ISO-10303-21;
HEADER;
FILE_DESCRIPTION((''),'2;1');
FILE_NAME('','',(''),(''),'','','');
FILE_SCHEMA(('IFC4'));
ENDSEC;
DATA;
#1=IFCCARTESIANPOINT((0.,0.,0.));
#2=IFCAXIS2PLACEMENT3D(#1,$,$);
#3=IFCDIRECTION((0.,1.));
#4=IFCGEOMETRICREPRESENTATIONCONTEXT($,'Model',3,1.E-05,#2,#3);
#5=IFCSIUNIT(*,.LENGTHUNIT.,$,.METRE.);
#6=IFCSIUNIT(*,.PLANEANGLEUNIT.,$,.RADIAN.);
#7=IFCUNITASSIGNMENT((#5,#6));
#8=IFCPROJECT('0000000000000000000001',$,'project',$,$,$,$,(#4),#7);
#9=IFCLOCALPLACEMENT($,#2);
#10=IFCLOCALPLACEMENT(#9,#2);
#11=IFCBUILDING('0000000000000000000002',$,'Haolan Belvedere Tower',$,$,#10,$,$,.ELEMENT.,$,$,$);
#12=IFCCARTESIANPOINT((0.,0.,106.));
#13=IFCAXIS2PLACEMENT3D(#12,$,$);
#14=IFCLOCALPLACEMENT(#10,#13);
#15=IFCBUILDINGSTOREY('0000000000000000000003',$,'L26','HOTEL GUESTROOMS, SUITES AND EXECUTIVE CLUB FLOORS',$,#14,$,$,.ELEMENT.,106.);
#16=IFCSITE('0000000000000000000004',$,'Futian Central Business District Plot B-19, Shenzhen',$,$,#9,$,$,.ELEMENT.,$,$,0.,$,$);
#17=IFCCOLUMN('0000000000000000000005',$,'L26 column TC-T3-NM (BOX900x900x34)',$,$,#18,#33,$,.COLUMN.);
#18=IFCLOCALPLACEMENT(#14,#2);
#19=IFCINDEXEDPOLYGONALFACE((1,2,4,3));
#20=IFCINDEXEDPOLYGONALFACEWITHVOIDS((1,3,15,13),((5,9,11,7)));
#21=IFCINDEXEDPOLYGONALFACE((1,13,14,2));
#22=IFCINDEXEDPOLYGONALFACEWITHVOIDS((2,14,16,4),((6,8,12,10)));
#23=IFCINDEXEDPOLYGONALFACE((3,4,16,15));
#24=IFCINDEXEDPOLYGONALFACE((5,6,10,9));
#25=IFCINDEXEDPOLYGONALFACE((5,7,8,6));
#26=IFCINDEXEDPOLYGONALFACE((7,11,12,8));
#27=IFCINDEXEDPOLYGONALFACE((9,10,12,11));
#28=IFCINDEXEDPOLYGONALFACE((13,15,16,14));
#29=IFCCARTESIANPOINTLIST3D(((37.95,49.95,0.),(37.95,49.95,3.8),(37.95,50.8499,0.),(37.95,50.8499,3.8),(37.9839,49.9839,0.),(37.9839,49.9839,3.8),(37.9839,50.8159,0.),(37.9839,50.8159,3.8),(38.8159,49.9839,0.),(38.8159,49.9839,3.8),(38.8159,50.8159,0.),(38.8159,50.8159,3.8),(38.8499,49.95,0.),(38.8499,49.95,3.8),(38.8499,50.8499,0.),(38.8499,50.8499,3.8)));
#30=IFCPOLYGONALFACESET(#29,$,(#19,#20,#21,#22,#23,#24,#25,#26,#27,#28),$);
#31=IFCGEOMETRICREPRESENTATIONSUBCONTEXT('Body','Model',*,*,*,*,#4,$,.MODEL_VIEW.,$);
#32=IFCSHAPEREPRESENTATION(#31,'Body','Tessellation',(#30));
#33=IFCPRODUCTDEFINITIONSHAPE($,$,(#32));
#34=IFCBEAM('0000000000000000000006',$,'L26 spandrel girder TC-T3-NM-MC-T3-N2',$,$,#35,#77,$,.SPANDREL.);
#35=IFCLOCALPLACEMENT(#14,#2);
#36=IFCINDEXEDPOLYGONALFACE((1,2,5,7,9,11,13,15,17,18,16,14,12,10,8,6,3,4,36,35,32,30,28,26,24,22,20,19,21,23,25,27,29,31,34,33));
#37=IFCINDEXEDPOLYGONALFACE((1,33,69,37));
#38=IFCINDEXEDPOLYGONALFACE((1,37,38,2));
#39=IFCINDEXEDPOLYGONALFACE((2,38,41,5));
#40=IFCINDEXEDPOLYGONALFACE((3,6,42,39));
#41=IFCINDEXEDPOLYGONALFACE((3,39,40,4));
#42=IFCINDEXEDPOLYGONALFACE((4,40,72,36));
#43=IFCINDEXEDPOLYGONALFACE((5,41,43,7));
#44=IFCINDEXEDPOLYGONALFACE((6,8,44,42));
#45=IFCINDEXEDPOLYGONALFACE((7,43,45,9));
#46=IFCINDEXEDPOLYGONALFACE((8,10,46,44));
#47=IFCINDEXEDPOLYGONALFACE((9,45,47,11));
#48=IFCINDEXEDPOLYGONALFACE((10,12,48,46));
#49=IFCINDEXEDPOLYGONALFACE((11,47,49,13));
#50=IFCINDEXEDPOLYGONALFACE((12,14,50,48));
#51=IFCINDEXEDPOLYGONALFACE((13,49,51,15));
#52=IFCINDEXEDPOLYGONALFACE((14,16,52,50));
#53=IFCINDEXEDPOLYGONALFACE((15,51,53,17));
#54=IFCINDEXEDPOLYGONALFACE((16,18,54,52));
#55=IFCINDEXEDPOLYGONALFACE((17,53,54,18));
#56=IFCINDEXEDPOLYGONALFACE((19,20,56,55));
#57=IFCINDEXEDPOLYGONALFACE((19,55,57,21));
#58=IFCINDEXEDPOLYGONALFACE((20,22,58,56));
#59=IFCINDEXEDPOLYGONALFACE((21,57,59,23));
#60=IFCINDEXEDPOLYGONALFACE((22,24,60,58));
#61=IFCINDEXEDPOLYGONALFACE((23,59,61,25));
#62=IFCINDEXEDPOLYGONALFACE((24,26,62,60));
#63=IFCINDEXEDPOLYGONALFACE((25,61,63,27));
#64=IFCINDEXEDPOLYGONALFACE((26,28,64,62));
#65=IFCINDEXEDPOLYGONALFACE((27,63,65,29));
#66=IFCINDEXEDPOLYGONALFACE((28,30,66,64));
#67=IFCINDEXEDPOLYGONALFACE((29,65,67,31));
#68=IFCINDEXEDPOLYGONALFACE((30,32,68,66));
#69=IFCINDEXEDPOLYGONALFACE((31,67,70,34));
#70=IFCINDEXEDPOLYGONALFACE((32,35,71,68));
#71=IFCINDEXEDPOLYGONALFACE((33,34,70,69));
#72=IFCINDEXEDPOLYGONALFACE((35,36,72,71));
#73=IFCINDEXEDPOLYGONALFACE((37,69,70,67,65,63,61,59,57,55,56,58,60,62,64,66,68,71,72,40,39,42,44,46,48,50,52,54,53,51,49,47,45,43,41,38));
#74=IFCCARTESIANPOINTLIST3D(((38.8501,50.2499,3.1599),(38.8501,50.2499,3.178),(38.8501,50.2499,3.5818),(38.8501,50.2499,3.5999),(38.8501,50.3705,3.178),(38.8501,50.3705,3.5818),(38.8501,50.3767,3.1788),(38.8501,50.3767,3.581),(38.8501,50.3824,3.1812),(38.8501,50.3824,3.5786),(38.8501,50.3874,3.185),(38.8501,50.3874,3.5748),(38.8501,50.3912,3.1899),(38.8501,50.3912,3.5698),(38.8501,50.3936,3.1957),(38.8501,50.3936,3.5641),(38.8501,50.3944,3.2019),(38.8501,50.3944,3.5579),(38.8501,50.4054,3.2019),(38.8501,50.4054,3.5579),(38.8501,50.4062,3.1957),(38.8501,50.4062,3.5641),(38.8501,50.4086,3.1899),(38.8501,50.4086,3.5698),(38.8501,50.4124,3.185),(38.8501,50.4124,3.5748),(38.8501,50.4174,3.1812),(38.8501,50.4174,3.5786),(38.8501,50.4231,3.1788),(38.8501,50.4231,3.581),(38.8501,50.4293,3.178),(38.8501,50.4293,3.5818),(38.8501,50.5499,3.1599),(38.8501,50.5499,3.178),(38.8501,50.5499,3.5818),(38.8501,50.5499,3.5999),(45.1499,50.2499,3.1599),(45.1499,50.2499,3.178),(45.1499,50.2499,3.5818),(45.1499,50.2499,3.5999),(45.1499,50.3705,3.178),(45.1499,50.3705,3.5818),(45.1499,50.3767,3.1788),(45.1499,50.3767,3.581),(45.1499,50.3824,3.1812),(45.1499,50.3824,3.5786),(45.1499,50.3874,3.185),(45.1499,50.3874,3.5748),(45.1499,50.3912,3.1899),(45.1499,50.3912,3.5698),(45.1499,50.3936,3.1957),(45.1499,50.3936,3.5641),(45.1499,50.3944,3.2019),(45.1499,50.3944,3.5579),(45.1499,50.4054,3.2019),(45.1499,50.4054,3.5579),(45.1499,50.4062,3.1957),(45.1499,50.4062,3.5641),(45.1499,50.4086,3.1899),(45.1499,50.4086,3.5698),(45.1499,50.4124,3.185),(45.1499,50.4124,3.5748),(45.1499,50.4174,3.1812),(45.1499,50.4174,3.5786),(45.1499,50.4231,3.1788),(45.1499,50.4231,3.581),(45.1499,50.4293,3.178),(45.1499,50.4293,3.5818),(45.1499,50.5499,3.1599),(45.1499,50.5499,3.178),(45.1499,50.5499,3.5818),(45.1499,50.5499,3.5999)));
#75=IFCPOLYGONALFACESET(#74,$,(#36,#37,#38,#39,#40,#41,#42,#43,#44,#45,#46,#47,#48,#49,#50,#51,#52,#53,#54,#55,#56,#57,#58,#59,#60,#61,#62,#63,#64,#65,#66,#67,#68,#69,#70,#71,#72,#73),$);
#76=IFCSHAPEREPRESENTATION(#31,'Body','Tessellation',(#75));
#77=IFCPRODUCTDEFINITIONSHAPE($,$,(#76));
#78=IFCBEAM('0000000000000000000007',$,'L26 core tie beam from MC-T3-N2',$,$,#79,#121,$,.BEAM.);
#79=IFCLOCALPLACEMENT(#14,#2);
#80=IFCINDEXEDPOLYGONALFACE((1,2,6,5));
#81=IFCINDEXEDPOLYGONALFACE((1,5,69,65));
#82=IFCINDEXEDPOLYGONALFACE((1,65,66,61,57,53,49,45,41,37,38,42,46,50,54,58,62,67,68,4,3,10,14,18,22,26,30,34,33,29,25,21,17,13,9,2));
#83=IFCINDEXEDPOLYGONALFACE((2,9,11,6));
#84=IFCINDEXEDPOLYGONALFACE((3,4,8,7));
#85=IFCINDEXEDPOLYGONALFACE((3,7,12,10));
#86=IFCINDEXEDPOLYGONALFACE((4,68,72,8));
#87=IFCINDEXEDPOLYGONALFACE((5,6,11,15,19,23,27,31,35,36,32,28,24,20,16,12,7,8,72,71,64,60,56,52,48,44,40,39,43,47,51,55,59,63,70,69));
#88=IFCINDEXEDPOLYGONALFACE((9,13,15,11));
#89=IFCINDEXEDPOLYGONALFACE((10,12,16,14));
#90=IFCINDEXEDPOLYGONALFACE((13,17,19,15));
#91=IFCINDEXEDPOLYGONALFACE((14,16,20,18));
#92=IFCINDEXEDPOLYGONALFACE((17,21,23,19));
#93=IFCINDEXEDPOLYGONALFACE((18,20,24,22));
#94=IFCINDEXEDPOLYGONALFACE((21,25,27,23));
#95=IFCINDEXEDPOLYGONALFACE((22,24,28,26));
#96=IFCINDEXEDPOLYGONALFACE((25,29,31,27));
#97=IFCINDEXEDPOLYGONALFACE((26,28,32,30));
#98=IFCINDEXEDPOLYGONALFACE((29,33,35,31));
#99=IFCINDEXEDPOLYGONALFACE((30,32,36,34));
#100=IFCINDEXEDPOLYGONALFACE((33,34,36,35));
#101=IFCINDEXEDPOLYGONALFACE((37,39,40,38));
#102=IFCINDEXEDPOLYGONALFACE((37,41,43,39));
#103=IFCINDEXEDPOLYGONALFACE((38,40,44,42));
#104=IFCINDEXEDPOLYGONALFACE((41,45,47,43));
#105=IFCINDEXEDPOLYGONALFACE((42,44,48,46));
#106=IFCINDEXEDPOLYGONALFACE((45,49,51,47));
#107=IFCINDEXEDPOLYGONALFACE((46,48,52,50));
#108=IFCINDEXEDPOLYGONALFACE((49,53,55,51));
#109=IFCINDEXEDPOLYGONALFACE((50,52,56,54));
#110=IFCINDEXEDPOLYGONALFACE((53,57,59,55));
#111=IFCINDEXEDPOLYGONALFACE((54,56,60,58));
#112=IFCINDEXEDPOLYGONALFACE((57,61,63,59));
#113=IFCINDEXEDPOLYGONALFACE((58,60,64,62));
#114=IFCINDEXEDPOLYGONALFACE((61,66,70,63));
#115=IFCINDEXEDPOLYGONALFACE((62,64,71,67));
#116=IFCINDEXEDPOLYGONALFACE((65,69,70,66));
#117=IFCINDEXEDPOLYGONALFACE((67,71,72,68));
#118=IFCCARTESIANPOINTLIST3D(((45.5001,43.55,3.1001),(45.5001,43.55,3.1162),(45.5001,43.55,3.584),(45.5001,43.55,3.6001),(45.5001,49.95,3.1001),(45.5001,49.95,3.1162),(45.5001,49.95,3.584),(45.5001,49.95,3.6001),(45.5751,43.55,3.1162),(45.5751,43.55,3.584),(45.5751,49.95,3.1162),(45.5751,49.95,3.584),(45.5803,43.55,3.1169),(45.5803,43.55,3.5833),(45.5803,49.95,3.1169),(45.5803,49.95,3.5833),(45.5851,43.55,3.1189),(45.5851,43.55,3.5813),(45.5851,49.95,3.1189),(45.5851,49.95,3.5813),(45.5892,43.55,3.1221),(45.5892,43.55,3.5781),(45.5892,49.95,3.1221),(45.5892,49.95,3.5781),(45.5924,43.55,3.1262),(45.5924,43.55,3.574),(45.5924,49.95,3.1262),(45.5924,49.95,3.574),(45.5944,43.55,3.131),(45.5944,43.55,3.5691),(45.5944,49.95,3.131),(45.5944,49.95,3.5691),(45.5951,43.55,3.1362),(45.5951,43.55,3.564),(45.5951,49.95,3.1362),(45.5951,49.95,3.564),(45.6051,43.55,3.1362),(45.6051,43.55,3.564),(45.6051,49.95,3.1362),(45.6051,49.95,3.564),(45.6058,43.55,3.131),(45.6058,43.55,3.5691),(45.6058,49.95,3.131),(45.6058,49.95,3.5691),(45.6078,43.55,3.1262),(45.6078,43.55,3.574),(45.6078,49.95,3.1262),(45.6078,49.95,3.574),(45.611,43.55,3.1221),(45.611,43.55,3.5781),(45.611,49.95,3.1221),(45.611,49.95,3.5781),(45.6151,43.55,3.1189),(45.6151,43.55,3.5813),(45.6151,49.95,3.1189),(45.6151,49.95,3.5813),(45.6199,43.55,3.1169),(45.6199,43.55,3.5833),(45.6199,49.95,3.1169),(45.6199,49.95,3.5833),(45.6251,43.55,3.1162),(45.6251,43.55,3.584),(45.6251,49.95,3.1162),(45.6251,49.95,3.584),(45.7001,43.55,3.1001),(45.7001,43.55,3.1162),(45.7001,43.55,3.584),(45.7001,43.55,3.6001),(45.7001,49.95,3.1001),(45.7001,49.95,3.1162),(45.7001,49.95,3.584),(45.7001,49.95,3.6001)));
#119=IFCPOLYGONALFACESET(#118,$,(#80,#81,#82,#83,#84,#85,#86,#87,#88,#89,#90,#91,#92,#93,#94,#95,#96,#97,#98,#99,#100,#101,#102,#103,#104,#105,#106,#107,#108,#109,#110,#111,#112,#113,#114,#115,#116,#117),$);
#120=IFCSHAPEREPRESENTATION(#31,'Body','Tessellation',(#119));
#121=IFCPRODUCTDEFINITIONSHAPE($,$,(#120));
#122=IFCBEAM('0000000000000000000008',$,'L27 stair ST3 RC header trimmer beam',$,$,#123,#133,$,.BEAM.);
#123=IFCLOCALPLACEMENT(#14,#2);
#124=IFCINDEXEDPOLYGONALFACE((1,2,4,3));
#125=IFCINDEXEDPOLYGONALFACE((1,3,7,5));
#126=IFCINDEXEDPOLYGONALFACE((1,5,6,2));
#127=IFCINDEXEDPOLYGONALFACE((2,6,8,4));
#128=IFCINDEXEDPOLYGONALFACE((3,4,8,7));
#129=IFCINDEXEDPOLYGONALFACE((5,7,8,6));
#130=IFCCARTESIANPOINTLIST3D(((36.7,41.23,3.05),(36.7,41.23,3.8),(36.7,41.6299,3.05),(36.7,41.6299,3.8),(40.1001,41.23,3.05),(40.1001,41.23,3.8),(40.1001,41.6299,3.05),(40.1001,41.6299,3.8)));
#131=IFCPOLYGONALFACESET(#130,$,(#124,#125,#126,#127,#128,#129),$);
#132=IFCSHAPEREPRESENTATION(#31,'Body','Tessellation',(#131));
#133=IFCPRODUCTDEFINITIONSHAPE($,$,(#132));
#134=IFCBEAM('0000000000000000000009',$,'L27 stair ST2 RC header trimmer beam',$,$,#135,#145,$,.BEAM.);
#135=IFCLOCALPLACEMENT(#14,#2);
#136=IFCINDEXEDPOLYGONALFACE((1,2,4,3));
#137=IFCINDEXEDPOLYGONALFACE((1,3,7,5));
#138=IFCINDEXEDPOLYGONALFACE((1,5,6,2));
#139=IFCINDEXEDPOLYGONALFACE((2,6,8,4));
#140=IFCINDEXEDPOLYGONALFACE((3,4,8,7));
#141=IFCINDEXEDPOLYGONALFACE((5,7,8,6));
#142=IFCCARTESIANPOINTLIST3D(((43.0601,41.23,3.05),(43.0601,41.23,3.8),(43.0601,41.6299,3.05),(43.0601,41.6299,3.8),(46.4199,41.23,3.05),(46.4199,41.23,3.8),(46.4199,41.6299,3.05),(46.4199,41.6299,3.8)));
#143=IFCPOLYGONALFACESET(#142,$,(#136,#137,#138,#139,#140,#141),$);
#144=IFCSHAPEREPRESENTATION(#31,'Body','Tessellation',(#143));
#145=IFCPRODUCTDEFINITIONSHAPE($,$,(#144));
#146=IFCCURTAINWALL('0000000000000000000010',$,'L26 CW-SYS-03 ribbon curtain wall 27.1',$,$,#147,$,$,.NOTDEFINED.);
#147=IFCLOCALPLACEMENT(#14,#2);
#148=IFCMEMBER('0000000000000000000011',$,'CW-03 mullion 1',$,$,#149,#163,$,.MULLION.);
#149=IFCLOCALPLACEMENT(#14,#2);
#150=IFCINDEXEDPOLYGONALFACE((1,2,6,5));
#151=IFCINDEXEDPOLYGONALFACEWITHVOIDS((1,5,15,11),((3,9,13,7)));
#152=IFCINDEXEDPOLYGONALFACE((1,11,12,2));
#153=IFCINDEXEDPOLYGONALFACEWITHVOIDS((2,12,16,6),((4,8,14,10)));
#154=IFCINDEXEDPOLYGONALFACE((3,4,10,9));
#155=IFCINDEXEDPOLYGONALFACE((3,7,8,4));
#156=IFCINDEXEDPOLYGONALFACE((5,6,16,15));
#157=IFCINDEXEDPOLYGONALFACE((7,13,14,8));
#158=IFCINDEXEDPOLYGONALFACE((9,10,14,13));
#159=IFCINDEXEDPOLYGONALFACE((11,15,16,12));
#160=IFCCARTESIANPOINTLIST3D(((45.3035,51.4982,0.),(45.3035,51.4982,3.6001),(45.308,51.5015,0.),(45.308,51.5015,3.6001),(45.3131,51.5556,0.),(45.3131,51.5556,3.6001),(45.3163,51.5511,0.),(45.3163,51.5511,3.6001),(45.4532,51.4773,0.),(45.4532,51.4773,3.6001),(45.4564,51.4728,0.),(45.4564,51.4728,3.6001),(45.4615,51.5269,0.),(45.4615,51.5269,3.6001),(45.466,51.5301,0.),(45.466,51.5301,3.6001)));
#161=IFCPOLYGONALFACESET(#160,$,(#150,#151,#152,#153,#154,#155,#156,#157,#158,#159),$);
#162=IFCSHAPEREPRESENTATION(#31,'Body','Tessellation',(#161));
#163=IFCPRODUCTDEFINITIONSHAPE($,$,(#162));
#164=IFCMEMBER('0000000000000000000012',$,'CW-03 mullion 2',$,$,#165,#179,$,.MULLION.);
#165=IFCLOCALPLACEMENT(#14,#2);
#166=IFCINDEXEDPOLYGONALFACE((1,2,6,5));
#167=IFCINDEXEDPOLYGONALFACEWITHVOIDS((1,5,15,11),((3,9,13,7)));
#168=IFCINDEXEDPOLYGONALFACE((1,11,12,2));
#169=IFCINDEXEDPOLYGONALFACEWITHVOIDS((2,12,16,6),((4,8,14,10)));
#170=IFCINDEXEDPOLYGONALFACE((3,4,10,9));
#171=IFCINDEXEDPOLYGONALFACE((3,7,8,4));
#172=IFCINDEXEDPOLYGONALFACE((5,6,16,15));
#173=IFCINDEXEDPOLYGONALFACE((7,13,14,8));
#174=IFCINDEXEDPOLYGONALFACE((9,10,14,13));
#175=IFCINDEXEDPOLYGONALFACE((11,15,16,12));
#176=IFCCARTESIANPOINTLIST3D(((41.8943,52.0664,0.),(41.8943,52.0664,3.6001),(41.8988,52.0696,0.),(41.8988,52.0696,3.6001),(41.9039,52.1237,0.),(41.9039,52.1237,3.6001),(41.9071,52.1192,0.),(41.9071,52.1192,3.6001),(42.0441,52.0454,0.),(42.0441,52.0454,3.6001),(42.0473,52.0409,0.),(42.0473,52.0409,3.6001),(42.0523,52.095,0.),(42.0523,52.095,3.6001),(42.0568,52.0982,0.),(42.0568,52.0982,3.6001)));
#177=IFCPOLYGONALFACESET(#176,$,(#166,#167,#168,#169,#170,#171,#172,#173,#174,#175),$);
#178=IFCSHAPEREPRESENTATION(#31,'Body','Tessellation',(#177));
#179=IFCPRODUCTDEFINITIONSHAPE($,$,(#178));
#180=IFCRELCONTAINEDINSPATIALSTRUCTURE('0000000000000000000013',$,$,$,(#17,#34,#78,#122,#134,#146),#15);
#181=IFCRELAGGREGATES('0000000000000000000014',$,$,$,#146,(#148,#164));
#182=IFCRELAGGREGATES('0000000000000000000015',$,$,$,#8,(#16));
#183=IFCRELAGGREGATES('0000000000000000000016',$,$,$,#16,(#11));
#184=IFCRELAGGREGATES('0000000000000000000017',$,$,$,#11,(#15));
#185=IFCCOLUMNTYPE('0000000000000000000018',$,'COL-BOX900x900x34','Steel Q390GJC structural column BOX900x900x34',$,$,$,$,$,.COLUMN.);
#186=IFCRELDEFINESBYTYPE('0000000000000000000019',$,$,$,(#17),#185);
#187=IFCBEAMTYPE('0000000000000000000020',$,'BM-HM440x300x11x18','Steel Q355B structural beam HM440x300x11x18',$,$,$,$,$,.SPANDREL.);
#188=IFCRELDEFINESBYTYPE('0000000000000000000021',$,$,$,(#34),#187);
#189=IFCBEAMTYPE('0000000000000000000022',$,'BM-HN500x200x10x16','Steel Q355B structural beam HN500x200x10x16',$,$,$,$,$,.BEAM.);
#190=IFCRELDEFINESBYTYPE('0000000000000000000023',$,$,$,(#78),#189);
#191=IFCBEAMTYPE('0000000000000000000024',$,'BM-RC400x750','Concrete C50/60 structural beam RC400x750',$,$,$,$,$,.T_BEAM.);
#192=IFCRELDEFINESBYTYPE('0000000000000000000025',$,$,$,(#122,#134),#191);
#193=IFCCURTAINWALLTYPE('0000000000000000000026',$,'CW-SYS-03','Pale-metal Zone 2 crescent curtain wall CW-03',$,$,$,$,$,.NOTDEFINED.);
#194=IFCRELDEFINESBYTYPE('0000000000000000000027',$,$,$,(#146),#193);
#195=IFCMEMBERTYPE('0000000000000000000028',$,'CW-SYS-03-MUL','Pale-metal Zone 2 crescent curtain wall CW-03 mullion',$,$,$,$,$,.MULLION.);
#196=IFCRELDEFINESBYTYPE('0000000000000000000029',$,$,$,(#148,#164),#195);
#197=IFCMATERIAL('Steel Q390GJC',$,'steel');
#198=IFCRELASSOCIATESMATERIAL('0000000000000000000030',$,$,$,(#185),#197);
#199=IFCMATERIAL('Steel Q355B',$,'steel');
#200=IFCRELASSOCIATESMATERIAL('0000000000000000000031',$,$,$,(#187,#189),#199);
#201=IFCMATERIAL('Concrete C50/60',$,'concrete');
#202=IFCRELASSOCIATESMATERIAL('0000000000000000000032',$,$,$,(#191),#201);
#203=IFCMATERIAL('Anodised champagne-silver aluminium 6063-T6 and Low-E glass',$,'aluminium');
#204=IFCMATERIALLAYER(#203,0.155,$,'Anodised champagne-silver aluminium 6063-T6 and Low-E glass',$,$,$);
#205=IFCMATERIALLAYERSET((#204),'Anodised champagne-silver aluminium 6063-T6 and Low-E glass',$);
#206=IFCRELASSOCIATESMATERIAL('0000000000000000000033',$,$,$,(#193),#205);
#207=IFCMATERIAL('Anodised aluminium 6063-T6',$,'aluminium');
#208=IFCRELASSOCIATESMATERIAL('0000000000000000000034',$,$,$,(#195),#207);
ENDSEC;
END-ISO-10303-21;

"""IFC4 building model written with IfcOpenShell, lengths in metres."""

from ifc_helpers import new_model, si_unit, direction, frame, origin, origin_2d, place, context, subcontext, project, spatial, rectangle, hollow_rectangle, i_section, extrude, material, layer, layer_set, material_profile, profile_set, type_object, element, aggregate, save


model = new_model("IFC4")

# Units and contexts
model_context = context("Model", 3, precision=1e-05, world=origin(), true_north=direction((0.0, 1.0)))
body_context = subcontext(model_context, "Body", "Model", "MODEL_VIEW")
ifc_project = project(units=[si_unit("LENGTHUNIT", "METRE"), si_unit("PLANEANGLEUNIT", "RADIAN")], contexts=[model_context])

# Site, building, storey
site_placement = place(None, origin())
site = spatial("IfcSite", under=ifc_project, at=site_placement, Name="Futian Central Business District Plot B-19, Shenzhen", CompositionType="ELEMENT", RefElevation=0.0)
building_placement = place(site_placement, origin())
building = spatial("IfcBuilding", under=site, at=building_placement, Name="Haolan Belvedere Tower", CompositionType="ELEMENT")
storey_placement = place(building_placement, frame((0.0, 0.0, 106.0)))
storey = spatial("IfcBuildingStorey", under=building, at=storey_placement, Name="L26", Description="HOTEL GUESTROOMS, SUITES AND EXECUTIVE CLUB FLOORS", CompositionType="ELEMENT", Elevation=106.0)

# Column
ifc_material_1 = material(Name="Steel Q390GJC", Category="steel")
ifc_material_profile_1 = material_profile(ifc_material_1, hollow_rectangle(XDim=0.8999, YDim=0.8999, WallThickness=0.0339, at=origin_2d()), Name="Steel Q390GJC")
ifc_profile_set_1 = profile_set([ifc_material_profile_1], Name="Steel Q390GJC")
column_type = type_object("IfcColumnType", Name="COL-BOX900x900x34", Description="Steel Q390GJC structural column BOX900x900x34", PredefinedType="COLUMN", material=ifc_profile_set_1)
column_placement = place(storey_placement, frame((38.3999, 50.3999, 0.0), z_axis=(0.0, 0.0, 1.0), x_axis=(1.0, 0.0, 0.0)))
element("IfcColumn", 1, at=column_placement, inside=storey, type_object=column_type, Name="L26 column TC-T3-NM (BOX900x900x34)", PredefinedType="COLUMN", context=body_context, shape_type="SweptSolid", body=[
    extrude(hollow_rectangle(XDim=0.8999, YDim=0.8999, WallThickness=0.0339, at=origin_2d()), origin(), (0.0, 0.0, 1.0), 3.8),
])

# Beams
ifc_material_2 = material(Name="Steel Q355B", Category="steel")
ifc_material_profile_2 = material_profile(ifc_material_2, i_section(OverallWidth=0.3, OverallDepth=0.4399, WebThickness=0.011, FlangeThickness=0.0181, FilletRadius=0.0239, at=origin_2d()), Name="Steel Q355B")
ifc_profile_set_2 = profile_set([ifc_material_profile_2], Name="Steel Q355B")
beam_type_1 = type_object("IfcBeamType", Name="BM-HM440x300x11x18", Description="Steel Q355B structural beam HM440x300x11x18", PredefinedType="SPANDREL", material=ifc_profile_set_2)
beam_1_placement = place(storey_placement, frame((38.8501, 50.3999, 3.3799), z_axis=(1.0, 0.0, 0.0), x_axis=(0.0, 1.0, 0.0)))
element("IfcBeam", 2, at=beam_1_placement, inside=storey, type_object=beam_type_1, Name="L26 spandrel girder TC-T3-NM-MC-T3-N2", PredefinedType="SPANDREL", context=body_context, shape_type="SweptSolid", body=[
    extrude(i_section(OverallWidth=0.3, OverallDepth=0.4399, WebThickness=0.011, FlangeThickness=0.0181, FilletRadius=0.0239, at=origin_2d()), origin(), (0.0, 0.0, 1.0), 6.2998),
])
ifc_material_profile_3 = material_profile(ifc_material_2, i_section(OverallWidth=0.2, OverallDepth=0.5, WebThickness=0.01, FlangeThickness=0.0161, FilletRadius=0.02, at=origin_2d()), Name="Steel Q355B")
ifc_profile_set_3 = profile_set([ifc_material_profile_3], Name="Steel Q355B")
beam_type_2 = type_object("IfcBeamType", Name="BM-HN500x200x10x16", Description="Steel Q355B structural beam HN500x200x10x16", PredefinedType="BEAM", material=ifc_profile_set_3)
beam_2_placement = place(storey_placement, frame((45.6001, 49.95, 3.3501), z_axis=(0.0, -1.0, 0.0), x_axis=(1.0, 0.0, 0.0)))
element("IfcBeam", 3, at=beam_2_placement, inside=storey, type_object=beam_type_2, Name="L26 core tie beam from MC-T3-N2", PredefinedType="BEAM", context=body_context, shape_type="SweptSolid", body=[
    extrude(i_section(OverallWidth=0.2, OverallDepth=0.5, WebThickness=0.01, FlangeThickness=0.0161, FilletRadius=0.02, at=origin_2d()), origin(), (0.0, 0.0, 1.0), 6.3999),
])
ifc_material_3 = material(Name="Concrete C50/60", Category="concrete")
ifc_material_profile_4 = material_profile(ifc_material_3, rectangle(XDim=0.3999, YDim=0.75, at=origin_2d()), Name="Concrete C50/60")
ifc_profile_set_4 = profile_set([ifc_material_profile_4], Name="Concrete C50/60")
beam_type_3 = type_object("IfcBeamType", Name="BM-RC400x750", Description="Concrete C50/60 structural beam RC400x750", PredefinedType="T_BEAM", material=ifc_profile_set_4)
beam_3_placement = place(storey_placement, frame((36.7, 41.4299, 3.425), z_axis=(1.0, 0.0, 0.0), x_axis=(0.0, 1.0, 0.0)))
element("IfcBeam", 4, at=beam_3_placement, inside=storey, type_object=beam_type_3, Name="L27 stair ST3 RC header trimmer beam", PredefinedType="BEAM", context=body_context, shape_type="SweptSolid", body=[
    extrude(rectangle(XDim=0.3999, YDim=0.75, at=origin_2d()), origin(), (0.0, 0.0, 1.0), 3.4001),
])
beam_4_placement = place(storey_placement, frame((43.0601, 41.4299, 3.425), z_axis=(1.0, 0.0, 0.0), x_axis=(0.0, 1.0, 0.0)))
element("IfcBeam", 5, at=beam_4_placement, inside=storey, type_object=beam_type_3, Name="L27 stair ST2 RC header trimmer beam", PredefinedType="BEAM", context=body_context, shape_type="SweptSolid", body=[
    extrude(rectangle(XDim=0.3999, YDim=0.75, at=origin_2d()), origin(), (0.0, 0.0, 1.0), 3.3599),
])

# Curtain wall, members
ifc_material_4 = material(Name="Anodised champagne-silver aluminium 6063-T6 and Low-E glass", Category="aluminium")
ifc_layer_1 = layer(ifc_material_4, 0.155, Name="Anodised champagne-silver aluminium 6063-T6 and Low-E glass")
ifc_layer_set_1 = layer_set([ifc_layer_1], Name="Anodised champagne-silver aluminium 6063-T6 and Low-E glass")
curtain_wall_type = type_object("IfcCurtainWallType", Name="CW-SYS-03", Description="Pale-metal Zone 2 crescent curtain wall CW-03", PredefinedType="NOTDEFINED", material=ifc_layer_set_1)
curtain_wall_placement = place(storey_placement, origin())
curtain_wall = element("IfcCurtainWall", 6, at=curtain_wall_placement, inside=storey, type_object=curtain_wall_type, Name="L26 CW-SYS-03 ribbon curtain wall 27.1", PredefinedType="NOTDEFINED")
ifc_material_5 = material(Name="Anodised aluminium 6063-T6", Category="aluminium")
ifc_material_profile_5 = material_profile(ifc_material_5, hollow_rectangle(XDim=0.0581, YDim=0.155, WallThickness=0.0039, at=origin_2d()), Name="Anodised aluminium 6063-T6")
ifc_profile_set_5 = profile_set([ifc_material_profile_5], Name="Anodised aluminium 6063-T6")
member_type_1 = type_object("IfcMemberType", Name="CW-SYS-03-MUL", Description="Pale-metal Zone 2 crescent curtain wall CW-03 mullion", PredefinedType="MULLION", material=ifc_profile_set_5)
member_1_placement = place(storey_placement, frame((45.3848, 51.5142, 0.0), z_axis=(0.0, 0.0, 1.0), x_axis=(-0.164404, -0.986393, 0.0)))
member_1 = element("IfcMember", 7, at=member_1_placement, type_object=member_type_1, Name="CW-03 mullion 1", PredefinedType="MULLION", context=body_context, shape_type="SweptSolid", body=[
    extrude(hollow_rectangle(XDim=0.0581, YDim=0.155, WallThickness=0.0039, at=origin_2d()), origin(), (0.0, 0.0, 1.0), 3.6001),
])
member_2_placement = place(storey_placement, frame((41.9756, 52.0823, 0.0), z_axis=(0.0, 0.0, 1.0), x_axis=(-0.164404, -0.986393, 0.0)))
member_2 = element("IfcMember", 8, at=member_2_placement, type_object=member_type_1, Name="CW-03 mullion 2", PredefinedType="MULLION", context=body_context, shape_type="SweptSolid", body=[
    extrude(hollow_rectangle(XDim=0.0581, YDim=0.155, WallThickness=0.0039, at=origin_2d()), origin(), (0.0, 0.0, 1.0), 3.6001),
])
aggregate(curtain_wall, [member_1, member_2])

save(model, "model.ifc")
